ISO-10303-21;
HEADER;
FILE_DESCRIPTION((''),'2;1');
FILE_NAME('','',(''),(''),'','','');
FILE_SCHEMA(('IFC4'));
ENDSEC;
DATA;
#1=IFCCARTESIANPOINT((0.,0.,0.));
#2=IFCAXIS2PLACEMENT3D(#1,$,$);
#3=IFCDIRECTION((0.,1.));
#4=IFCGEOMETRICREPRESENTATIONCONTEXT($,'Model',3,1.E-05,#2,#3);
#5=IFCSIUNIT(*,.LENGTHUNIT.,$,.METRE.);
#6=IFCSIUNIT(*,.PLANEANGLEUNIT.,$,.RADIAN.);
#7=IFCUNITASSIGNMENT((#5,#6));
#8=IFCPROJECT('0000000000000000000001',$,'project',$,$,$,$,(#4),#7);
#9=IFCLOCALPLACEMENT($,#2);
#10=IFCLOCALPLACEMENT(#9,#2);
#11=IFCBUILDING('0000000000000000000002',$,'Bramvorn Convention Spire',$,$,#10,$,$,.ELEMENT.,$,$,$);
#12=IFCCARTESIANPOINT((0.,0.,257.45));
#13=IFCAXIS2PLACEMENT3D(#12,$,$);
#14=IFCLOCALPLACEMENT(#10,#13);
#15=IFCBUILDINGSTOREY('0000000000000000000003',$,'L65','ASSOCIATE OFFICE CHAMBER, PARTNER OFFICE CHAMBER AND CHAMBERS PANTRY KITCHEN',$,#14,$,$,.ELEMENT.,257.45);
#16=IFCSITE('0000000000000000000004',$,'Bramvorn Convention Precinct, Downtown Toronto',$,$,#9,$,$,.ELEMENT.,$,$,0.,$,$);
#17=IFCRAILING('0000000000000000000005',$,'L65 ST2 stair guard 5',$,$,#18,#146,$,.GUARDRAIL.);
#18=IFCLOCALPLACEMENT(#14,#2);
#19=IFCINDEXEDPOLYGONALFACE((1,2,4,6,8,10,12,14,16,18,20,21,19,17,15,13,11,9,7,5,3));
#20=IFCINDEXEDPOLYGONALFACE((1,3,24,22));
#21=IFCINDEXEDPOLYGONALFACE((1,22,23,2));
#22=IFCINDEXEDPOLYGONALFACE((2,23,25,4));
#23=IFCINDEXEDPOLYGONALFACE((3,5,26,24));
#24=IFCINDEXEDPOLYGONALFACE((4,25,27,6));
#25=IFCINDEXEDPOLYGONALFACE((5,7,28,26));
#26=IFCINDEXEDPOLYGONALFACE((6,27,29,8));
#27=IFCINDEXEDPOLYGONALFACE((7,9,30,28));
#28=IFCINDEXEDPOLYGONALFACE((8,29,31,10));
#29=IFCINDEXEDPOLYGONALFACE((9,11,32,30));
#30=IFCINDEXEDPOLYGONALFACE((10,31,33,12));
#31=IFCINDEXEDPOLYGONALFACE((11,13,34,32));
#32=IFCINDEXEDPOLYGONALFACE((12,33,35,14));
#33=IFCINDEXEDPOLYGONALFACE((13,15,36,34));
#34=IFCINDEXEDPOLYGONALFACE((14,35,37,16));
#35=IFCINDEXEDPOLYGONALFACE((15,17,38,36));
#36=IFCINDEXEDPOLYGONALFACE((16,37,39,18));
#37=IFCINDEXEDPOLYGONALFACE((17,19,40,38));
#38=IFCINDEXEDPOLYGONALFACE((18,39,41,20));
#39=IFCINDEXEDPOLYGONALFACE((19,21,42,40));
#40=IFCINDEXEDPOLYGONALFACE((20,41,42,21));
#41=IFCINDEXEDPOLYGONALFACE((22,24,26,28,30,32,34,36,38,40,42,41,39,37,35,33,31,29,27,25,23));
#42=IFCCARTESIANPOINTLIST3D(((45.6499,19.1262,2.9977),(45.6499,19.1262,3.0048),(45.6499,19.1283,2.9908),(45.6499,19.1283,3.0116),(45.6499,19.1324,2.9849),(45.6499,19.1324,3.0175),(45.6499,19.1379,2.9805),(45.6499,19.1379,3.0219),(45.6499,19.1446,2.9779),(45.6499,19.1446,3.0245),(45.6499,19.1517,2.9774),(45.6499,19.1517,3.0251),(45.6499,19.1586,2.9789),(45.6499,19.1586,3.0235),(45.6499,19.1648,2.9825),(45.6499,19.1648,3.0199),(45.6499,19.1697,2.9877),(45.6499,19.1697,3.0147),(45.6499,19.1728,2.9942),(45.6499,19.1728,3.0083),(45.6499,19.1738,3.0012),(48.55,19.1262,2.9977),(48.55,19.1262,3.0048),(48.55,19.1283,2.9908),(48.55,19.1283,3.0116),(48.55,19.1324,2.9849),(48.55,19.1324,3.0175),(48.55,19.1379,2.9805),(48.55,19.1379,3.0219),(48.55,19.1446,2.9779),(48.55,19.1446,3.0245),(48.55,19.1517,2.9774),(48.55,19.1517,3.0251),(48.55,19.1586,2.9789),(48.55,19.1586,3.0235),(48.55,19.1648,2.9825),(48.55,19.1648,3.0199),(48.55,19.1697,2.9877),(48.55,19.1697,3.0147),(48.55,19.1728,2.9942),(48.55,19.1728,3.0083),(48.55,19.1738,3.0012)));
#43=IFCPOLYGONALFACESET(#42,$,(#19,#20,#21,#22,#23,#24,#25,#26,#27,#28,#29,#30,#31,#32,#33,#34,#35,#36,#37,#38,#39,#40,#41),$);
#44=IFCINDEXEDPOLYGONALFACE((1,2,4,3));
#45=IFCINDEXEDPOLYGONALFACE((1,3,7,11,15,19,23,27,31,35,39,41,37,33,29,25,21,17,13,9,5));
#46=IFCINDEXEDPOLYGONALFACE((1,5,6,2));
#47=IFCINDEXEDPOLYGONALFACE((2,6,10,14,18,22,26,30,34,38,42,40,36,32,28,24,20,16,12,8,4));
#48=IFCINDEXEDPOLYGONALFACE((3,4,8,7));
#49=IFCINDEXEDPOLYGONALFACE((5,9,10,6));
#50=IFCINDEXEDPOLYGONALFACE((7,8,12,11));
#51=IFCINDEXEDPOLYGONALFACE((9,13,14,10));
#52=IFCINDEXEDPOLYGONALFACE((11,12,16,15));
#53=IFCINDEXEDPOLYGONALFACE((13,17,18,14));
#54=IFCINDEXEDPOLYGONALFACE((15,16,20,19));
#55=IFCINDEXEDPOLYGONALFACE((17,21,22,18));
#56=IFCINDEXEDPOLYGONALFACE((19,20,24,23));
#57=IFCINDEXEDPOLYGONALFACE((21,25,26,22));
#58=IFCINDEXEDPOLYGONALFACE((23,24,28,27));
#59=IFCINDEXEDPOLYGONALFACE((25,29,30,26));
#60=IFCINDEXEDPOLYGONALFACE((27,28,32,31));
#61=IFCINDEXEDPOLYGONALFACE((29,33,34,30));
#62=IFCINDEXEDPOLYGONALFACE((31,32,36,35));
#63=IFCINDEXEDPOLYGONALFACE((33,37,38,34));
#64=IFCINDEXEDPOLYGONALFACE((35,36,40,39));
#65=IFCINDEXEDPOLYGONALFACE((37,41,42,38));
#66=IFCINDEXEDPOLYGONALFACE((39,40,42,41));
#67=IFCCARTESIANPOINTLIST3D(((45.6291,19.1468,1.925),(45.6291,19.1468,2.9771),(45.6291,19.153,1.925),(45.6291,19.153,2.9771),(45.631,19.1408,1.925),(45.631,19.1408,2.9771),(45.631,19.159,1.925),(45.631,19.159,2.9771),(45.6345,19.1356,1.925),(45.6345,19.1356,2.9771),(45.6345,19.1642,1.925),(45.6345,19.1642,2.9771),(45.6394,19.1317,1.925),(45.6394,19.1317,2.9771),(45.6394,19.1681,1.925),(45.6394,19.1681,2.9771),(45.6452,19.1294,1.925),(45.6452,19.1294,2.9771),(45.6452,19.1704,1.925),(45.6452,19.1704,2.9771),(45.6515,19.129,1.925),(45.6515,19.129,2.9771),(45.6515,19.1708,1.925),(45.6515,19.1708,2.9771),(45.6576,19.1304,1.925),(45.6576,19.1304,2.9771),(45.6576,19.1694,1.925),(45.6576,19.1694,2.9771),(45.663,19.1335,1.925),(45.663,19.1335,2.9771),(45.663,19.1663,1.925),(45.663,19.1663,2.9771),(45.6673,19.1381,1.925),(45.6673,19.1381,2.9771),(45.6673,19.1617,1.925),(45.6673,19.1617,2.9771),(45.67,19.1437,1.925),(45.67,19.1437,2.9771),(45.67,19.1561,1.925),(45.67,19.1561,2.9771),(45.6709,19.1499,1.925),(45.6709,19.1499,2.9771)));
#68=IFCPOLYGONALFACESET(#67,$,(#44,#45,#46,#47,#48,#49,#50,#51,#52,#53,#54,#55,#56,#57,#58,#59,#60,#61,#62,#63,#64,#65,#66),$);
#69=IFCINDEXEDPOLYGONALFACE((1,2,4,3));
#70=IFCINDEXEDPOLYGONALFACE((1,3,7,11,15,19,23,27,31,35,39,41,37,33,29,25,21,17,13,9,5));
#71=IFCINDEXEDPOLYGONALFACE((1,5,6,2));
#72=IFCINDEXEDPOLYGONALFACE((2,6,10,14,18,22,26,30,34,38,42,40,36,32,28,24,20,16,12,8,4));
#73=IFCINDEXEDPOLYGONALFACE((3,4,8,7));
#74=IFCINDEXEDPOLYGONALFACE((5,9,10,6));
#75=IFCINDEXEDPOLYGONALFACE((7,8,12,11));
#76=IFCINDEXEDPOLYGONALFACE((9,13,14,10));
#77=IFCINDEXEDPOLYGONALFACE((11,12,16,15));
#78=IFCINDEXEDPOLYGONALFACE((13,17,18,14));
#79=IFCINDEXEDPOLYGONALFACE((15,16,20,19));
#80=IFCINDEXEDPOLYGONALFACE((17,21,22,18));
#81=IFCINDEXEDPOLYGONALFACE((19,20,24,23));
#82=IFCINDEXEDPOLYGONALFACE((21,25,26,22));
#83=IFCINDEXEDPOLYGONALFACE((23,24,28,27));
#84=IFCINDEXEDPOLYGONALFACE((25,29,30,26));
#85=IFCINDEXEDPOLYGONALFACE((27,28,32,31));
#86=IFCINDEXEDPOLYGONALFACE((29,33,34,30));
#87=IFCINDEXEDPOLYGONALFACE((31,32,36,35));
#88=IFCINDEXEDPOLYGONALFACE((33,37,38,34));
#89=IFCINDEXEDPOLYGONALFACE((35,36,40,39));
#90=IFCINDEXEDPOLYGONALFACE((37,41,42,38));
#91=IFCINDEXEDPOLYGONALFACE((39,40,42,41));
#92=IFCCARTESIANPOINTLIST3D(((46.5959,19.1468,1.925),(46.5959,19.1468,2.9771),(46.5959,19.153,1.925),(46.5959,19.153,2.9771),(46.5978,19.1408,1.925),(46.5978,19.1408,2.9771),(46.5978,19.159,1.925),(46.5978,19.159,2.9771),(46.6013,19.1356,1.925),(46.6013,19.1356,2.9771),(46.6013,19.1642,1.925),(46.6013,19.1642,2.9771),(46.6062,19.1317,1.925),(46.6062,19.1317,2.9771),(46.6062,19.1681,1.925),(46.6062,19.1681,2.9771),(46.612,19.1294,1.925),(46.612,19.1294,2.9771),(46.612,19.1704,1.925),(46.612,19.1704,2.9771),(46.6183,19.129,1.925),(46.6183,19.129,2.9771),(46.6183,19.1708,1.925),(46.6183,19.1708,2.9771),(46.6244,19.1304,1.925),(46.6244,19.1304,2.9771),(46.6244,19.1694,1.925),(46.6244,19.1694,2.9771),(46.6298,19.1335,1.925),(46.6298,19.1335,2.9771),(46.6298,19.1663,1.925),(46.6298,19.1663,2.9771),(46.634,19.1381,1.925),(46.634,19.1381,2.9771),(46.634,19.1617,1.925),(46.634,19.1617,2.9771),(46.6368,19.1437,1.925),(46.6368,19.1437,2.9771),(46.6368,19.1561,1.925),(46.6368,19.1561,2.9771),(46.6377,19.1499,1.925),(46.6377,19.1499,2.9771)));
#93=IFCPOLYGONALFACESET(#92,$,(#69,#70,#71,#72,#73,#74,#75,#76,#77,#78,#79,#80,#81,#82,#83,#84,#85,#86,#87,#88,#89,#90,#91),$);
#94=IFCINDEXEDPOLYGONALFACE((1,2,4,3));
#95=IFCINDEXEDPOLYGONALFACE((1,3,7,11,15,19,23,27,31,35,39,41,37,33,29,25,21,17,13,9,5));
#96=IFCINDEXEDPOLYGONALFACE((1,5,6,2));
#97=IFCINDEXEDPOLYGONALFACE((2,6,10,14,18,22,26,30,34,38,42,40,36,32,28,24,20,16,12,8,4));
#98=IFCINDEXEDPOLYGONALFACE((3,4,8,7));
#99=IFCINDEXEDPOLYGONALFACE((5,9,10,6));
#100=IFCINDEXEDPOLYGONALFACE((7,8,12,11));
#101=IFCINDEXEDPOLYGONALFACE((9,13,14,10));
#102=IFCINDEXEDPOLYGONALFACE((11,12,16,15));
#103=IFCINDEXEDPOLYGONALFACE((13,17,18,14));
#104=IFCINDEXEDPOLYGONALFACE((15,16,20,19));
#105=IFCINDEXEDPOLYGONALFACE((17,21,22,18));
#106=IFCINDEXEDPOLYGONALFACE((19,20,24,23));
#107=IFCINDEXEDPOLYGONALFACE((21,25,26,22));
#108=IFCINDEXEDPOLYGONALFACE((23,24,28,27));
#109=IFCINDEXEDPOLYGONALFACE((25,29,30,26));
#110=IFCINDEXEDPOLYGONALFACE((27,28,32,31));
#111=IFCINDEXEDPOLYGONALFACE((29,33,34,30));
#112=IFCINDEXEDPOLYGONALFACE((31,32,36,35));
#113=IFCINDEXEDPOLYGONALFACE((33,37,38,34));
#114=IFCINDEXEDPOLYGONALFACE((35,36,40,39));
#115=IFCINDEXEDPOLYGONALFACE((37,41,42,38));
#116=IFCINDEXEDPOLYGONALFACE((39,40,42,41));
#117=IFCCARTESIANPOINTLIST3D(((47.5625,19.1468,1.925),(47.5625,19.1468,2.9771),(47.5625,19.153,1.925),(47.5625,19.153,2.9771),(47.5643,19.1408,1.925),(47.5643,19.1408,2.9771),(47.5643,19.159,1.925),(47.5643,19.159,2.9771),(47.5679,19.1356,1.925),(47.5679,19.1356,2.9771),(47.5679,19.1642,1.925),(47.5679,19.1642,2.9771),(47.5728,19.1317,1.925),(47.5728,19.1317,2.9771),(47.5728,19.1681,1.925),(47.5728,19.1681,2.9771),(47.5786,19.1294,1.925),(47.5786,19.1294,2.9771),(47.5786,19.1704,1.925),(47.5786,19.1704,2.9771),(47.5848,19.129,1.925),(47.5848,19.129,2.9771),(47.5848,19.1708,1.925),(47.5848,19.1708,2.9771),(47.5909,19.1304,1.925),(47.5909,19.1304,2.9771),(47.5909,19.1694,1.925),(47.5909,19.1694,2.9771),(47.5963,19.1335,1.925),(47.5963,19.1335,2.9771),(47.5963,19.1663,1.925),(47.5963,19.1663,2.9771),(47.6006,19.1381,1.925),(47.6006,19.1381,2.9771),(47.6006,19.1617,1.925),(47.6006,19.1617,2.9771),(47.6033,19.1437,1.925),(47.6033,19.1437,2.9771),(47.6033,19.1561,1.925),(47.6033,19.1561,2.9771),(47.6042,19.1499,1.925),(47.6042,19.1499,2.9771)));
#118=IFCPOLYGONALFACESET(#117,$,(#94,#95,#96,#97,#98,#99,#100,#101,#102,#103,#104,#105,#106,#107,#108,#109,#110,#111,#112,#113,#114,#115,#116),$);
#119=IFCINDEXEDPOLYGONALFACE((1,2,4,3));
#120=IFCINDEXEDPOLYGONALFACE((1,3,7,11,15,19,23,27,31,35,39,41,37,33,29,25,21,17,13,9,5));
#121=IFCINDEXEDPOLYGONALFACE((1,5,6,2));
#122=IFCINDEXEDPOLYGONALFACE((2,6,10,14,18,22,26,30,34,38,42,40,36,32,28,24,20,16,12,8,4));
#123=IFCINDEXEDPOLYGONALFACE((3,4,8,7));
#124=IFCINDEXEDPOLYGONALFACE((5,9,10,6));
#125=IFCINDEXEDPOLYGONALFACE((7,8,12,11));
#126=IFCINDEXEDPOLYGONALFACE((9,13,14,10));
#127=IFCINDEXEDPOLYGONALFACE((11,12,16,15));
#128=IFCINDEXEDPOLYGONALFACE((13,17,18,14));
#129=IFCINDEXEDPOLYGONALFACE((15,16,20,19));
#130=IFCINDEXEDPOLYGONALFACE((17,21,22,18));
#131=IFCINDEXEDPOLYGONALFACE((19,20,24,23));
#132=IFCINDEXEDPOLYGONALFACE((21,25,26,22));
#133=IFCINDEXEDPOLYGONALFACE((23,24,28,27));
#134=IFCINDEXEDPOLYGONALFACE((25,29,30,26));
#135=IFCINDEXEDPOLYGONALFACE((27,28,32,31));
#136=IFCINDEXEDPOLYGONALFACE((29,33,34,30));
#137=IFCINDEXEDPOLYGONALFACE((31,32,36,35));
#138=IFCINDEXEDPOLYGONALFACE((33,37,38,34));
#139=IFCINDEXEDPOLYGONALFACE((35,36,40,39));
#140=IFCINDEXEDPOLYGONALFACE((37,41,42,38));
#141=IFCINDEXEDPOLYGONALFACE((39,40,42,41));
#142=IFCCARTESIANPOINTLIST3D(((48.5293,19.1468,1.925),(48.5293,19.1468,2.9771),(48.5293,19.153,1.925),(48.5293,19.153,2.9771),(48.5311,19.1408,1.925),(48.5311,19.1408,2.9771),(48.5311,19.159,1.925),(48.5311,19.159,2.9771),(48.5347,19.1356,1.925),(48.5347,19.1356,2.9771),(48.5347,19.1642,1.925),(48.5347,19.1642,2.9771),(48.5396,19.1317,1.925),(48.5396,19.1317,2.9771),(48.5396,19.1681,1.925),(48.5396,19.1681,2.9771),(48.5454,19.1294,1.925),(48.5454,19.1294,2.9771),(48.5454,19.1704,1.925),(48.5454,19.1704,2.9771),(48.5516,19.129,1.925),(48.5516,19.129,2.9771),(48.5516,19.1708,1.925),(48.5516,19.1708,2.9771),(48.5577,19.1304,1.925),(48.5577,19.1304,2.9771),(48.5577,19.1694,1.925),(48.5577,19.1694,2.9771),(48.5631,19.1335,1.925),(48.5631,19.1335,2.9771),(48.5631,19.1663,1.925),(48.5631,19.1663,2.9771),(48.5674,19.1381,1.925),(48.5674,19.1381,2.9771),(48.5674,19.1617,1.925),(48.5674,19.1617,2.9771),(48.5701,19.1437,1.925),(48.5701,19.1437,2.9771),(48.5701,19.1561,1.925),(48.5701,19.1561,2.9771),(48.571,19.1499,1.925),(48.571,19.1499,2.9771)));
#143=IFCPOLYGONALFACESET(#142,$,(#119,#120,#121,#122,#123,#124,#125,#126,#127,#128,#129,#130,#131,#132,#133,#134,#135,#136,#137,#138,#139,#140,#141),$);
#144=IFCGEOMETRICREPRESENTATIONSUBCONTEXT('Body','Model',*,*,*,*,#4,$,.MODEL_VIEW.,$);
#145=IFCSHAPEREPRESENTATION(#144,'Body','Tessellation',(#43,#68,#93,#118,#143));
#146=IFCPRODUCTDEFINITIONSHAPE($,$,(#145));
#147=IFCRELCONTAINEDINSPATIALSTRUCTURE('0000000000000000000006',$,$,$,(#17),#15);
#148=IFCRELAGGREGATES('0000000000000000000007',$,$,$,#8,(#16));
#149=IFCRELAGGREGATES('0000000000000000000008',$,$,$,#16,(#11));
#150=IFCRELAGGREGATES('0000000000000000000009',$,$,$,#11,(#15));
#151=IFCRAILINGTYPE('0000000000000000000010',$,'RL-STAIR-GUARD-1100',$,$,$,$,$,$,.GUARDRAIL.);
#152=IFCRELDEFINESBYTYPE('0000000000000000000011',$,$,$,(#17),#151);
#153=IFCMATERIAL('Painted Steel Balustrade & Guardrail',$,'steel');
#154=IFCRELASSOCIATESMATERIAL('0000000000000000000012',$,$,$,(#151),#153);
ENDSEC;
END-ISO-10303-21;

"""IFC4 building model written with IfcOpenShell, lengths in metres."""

from ifc_helpers import new_model, si_unit, direction, frame, origin, origin_2d, place, context, subcontext, project, spatial, circle, extrude, material, type_object, element, save


model = new_model("IFC4")

# Units and contexts
model_context = context("Model", 3, precision=1e-05, world=origin(), true_north=direction((0.0, 1.0)))
body_context = subcontext(model_context, "Body", "Model", "MODEL_VIEW")
ifc_project = project(units=[si_unit("LENGTHUNIT", "METRE"), si_unit("PLANEANGLEUNIT", "RADIAN")], contexts=[model_context])

# Site, building, storey
site_placement = place(None, origin())
site = spatial("IfcSite", under=ifc_project, at=site_placement, Name="Bramvorn Convention Precinct, Downtown Toronto", CompositionType="ELEMENT", RefElevation=0.0)
building_placement = place(site_placement, origin())
building = spatial("IfcBuilding", under=site, at=building_placement, Name="Bramvorn Convention Spire", CompositionType="ELEMENT")
storey_placement = place(building_placement, frame((0.0, 0.0, 257.45)))
storey = spatial("IfcBuildingStorey", under=building, at=storey_placement, Name="L65", Description="ASSOCIATE OFFICE CHAMBER, PARTNER OFFICE CHAMBER AND CHAMBERS PANTRY KITCHEN", CompositionType="ELEMENT", Elevation=257.45)

# Railing
ifc_material_1 = material(Name="Painted Steel Balustrade & Guardrail", Category="steel")
railing_type_1 = type_object("IfcRailingType", Name="RL-STAIR-GUARD-1100", PredefinedType="GUARDRAIL", material=ifc_material_1)
railing_1_placement = place(storey_placement, frame((45.6499, 19.1499, 1.925)))
element("IfcRailing", 1, at=railing_1_placement, inside=storey, type_object=railing_type_1, Name="L65 ST2 stair guard 5", PredefinedType="GUARDRAIL", context=body_context, shape_type="SweptSolid", body=[
    extrude(circle(Radius=0.0239, at=origin_2d()), frame((0.0, 0.0, 1.0762), z_axis=(1.0, 0.0, 0.0), x_axis=(0.0, 1.0, 0.0)), (0.0, 0.0, 1.0), 2.9001),
    extrude(circle(Radius=0.021, at=origin_2d()), origin(), (0.0, 0.0, 1.0), 1.052),
    extrude(circle(Radius=0.021, at=origin_2d()), frame((0.9668, 0.0, 0.0)), (0.0, 0.0, 1.0), 1.052),
    extrude(circle(Radius=0.021, at=origin_2d()), frame((1.9333, 0.0, 0.0)), (0.0, 0.0, 1.0), 1.052),
    extrude(circle(Radius=0.021, at=origin_2d()), frame((2.9001, 0.0, 0.0)), (0.0, 0.0, 1.0), 1.052),
])

save(model, "model.ifc")
